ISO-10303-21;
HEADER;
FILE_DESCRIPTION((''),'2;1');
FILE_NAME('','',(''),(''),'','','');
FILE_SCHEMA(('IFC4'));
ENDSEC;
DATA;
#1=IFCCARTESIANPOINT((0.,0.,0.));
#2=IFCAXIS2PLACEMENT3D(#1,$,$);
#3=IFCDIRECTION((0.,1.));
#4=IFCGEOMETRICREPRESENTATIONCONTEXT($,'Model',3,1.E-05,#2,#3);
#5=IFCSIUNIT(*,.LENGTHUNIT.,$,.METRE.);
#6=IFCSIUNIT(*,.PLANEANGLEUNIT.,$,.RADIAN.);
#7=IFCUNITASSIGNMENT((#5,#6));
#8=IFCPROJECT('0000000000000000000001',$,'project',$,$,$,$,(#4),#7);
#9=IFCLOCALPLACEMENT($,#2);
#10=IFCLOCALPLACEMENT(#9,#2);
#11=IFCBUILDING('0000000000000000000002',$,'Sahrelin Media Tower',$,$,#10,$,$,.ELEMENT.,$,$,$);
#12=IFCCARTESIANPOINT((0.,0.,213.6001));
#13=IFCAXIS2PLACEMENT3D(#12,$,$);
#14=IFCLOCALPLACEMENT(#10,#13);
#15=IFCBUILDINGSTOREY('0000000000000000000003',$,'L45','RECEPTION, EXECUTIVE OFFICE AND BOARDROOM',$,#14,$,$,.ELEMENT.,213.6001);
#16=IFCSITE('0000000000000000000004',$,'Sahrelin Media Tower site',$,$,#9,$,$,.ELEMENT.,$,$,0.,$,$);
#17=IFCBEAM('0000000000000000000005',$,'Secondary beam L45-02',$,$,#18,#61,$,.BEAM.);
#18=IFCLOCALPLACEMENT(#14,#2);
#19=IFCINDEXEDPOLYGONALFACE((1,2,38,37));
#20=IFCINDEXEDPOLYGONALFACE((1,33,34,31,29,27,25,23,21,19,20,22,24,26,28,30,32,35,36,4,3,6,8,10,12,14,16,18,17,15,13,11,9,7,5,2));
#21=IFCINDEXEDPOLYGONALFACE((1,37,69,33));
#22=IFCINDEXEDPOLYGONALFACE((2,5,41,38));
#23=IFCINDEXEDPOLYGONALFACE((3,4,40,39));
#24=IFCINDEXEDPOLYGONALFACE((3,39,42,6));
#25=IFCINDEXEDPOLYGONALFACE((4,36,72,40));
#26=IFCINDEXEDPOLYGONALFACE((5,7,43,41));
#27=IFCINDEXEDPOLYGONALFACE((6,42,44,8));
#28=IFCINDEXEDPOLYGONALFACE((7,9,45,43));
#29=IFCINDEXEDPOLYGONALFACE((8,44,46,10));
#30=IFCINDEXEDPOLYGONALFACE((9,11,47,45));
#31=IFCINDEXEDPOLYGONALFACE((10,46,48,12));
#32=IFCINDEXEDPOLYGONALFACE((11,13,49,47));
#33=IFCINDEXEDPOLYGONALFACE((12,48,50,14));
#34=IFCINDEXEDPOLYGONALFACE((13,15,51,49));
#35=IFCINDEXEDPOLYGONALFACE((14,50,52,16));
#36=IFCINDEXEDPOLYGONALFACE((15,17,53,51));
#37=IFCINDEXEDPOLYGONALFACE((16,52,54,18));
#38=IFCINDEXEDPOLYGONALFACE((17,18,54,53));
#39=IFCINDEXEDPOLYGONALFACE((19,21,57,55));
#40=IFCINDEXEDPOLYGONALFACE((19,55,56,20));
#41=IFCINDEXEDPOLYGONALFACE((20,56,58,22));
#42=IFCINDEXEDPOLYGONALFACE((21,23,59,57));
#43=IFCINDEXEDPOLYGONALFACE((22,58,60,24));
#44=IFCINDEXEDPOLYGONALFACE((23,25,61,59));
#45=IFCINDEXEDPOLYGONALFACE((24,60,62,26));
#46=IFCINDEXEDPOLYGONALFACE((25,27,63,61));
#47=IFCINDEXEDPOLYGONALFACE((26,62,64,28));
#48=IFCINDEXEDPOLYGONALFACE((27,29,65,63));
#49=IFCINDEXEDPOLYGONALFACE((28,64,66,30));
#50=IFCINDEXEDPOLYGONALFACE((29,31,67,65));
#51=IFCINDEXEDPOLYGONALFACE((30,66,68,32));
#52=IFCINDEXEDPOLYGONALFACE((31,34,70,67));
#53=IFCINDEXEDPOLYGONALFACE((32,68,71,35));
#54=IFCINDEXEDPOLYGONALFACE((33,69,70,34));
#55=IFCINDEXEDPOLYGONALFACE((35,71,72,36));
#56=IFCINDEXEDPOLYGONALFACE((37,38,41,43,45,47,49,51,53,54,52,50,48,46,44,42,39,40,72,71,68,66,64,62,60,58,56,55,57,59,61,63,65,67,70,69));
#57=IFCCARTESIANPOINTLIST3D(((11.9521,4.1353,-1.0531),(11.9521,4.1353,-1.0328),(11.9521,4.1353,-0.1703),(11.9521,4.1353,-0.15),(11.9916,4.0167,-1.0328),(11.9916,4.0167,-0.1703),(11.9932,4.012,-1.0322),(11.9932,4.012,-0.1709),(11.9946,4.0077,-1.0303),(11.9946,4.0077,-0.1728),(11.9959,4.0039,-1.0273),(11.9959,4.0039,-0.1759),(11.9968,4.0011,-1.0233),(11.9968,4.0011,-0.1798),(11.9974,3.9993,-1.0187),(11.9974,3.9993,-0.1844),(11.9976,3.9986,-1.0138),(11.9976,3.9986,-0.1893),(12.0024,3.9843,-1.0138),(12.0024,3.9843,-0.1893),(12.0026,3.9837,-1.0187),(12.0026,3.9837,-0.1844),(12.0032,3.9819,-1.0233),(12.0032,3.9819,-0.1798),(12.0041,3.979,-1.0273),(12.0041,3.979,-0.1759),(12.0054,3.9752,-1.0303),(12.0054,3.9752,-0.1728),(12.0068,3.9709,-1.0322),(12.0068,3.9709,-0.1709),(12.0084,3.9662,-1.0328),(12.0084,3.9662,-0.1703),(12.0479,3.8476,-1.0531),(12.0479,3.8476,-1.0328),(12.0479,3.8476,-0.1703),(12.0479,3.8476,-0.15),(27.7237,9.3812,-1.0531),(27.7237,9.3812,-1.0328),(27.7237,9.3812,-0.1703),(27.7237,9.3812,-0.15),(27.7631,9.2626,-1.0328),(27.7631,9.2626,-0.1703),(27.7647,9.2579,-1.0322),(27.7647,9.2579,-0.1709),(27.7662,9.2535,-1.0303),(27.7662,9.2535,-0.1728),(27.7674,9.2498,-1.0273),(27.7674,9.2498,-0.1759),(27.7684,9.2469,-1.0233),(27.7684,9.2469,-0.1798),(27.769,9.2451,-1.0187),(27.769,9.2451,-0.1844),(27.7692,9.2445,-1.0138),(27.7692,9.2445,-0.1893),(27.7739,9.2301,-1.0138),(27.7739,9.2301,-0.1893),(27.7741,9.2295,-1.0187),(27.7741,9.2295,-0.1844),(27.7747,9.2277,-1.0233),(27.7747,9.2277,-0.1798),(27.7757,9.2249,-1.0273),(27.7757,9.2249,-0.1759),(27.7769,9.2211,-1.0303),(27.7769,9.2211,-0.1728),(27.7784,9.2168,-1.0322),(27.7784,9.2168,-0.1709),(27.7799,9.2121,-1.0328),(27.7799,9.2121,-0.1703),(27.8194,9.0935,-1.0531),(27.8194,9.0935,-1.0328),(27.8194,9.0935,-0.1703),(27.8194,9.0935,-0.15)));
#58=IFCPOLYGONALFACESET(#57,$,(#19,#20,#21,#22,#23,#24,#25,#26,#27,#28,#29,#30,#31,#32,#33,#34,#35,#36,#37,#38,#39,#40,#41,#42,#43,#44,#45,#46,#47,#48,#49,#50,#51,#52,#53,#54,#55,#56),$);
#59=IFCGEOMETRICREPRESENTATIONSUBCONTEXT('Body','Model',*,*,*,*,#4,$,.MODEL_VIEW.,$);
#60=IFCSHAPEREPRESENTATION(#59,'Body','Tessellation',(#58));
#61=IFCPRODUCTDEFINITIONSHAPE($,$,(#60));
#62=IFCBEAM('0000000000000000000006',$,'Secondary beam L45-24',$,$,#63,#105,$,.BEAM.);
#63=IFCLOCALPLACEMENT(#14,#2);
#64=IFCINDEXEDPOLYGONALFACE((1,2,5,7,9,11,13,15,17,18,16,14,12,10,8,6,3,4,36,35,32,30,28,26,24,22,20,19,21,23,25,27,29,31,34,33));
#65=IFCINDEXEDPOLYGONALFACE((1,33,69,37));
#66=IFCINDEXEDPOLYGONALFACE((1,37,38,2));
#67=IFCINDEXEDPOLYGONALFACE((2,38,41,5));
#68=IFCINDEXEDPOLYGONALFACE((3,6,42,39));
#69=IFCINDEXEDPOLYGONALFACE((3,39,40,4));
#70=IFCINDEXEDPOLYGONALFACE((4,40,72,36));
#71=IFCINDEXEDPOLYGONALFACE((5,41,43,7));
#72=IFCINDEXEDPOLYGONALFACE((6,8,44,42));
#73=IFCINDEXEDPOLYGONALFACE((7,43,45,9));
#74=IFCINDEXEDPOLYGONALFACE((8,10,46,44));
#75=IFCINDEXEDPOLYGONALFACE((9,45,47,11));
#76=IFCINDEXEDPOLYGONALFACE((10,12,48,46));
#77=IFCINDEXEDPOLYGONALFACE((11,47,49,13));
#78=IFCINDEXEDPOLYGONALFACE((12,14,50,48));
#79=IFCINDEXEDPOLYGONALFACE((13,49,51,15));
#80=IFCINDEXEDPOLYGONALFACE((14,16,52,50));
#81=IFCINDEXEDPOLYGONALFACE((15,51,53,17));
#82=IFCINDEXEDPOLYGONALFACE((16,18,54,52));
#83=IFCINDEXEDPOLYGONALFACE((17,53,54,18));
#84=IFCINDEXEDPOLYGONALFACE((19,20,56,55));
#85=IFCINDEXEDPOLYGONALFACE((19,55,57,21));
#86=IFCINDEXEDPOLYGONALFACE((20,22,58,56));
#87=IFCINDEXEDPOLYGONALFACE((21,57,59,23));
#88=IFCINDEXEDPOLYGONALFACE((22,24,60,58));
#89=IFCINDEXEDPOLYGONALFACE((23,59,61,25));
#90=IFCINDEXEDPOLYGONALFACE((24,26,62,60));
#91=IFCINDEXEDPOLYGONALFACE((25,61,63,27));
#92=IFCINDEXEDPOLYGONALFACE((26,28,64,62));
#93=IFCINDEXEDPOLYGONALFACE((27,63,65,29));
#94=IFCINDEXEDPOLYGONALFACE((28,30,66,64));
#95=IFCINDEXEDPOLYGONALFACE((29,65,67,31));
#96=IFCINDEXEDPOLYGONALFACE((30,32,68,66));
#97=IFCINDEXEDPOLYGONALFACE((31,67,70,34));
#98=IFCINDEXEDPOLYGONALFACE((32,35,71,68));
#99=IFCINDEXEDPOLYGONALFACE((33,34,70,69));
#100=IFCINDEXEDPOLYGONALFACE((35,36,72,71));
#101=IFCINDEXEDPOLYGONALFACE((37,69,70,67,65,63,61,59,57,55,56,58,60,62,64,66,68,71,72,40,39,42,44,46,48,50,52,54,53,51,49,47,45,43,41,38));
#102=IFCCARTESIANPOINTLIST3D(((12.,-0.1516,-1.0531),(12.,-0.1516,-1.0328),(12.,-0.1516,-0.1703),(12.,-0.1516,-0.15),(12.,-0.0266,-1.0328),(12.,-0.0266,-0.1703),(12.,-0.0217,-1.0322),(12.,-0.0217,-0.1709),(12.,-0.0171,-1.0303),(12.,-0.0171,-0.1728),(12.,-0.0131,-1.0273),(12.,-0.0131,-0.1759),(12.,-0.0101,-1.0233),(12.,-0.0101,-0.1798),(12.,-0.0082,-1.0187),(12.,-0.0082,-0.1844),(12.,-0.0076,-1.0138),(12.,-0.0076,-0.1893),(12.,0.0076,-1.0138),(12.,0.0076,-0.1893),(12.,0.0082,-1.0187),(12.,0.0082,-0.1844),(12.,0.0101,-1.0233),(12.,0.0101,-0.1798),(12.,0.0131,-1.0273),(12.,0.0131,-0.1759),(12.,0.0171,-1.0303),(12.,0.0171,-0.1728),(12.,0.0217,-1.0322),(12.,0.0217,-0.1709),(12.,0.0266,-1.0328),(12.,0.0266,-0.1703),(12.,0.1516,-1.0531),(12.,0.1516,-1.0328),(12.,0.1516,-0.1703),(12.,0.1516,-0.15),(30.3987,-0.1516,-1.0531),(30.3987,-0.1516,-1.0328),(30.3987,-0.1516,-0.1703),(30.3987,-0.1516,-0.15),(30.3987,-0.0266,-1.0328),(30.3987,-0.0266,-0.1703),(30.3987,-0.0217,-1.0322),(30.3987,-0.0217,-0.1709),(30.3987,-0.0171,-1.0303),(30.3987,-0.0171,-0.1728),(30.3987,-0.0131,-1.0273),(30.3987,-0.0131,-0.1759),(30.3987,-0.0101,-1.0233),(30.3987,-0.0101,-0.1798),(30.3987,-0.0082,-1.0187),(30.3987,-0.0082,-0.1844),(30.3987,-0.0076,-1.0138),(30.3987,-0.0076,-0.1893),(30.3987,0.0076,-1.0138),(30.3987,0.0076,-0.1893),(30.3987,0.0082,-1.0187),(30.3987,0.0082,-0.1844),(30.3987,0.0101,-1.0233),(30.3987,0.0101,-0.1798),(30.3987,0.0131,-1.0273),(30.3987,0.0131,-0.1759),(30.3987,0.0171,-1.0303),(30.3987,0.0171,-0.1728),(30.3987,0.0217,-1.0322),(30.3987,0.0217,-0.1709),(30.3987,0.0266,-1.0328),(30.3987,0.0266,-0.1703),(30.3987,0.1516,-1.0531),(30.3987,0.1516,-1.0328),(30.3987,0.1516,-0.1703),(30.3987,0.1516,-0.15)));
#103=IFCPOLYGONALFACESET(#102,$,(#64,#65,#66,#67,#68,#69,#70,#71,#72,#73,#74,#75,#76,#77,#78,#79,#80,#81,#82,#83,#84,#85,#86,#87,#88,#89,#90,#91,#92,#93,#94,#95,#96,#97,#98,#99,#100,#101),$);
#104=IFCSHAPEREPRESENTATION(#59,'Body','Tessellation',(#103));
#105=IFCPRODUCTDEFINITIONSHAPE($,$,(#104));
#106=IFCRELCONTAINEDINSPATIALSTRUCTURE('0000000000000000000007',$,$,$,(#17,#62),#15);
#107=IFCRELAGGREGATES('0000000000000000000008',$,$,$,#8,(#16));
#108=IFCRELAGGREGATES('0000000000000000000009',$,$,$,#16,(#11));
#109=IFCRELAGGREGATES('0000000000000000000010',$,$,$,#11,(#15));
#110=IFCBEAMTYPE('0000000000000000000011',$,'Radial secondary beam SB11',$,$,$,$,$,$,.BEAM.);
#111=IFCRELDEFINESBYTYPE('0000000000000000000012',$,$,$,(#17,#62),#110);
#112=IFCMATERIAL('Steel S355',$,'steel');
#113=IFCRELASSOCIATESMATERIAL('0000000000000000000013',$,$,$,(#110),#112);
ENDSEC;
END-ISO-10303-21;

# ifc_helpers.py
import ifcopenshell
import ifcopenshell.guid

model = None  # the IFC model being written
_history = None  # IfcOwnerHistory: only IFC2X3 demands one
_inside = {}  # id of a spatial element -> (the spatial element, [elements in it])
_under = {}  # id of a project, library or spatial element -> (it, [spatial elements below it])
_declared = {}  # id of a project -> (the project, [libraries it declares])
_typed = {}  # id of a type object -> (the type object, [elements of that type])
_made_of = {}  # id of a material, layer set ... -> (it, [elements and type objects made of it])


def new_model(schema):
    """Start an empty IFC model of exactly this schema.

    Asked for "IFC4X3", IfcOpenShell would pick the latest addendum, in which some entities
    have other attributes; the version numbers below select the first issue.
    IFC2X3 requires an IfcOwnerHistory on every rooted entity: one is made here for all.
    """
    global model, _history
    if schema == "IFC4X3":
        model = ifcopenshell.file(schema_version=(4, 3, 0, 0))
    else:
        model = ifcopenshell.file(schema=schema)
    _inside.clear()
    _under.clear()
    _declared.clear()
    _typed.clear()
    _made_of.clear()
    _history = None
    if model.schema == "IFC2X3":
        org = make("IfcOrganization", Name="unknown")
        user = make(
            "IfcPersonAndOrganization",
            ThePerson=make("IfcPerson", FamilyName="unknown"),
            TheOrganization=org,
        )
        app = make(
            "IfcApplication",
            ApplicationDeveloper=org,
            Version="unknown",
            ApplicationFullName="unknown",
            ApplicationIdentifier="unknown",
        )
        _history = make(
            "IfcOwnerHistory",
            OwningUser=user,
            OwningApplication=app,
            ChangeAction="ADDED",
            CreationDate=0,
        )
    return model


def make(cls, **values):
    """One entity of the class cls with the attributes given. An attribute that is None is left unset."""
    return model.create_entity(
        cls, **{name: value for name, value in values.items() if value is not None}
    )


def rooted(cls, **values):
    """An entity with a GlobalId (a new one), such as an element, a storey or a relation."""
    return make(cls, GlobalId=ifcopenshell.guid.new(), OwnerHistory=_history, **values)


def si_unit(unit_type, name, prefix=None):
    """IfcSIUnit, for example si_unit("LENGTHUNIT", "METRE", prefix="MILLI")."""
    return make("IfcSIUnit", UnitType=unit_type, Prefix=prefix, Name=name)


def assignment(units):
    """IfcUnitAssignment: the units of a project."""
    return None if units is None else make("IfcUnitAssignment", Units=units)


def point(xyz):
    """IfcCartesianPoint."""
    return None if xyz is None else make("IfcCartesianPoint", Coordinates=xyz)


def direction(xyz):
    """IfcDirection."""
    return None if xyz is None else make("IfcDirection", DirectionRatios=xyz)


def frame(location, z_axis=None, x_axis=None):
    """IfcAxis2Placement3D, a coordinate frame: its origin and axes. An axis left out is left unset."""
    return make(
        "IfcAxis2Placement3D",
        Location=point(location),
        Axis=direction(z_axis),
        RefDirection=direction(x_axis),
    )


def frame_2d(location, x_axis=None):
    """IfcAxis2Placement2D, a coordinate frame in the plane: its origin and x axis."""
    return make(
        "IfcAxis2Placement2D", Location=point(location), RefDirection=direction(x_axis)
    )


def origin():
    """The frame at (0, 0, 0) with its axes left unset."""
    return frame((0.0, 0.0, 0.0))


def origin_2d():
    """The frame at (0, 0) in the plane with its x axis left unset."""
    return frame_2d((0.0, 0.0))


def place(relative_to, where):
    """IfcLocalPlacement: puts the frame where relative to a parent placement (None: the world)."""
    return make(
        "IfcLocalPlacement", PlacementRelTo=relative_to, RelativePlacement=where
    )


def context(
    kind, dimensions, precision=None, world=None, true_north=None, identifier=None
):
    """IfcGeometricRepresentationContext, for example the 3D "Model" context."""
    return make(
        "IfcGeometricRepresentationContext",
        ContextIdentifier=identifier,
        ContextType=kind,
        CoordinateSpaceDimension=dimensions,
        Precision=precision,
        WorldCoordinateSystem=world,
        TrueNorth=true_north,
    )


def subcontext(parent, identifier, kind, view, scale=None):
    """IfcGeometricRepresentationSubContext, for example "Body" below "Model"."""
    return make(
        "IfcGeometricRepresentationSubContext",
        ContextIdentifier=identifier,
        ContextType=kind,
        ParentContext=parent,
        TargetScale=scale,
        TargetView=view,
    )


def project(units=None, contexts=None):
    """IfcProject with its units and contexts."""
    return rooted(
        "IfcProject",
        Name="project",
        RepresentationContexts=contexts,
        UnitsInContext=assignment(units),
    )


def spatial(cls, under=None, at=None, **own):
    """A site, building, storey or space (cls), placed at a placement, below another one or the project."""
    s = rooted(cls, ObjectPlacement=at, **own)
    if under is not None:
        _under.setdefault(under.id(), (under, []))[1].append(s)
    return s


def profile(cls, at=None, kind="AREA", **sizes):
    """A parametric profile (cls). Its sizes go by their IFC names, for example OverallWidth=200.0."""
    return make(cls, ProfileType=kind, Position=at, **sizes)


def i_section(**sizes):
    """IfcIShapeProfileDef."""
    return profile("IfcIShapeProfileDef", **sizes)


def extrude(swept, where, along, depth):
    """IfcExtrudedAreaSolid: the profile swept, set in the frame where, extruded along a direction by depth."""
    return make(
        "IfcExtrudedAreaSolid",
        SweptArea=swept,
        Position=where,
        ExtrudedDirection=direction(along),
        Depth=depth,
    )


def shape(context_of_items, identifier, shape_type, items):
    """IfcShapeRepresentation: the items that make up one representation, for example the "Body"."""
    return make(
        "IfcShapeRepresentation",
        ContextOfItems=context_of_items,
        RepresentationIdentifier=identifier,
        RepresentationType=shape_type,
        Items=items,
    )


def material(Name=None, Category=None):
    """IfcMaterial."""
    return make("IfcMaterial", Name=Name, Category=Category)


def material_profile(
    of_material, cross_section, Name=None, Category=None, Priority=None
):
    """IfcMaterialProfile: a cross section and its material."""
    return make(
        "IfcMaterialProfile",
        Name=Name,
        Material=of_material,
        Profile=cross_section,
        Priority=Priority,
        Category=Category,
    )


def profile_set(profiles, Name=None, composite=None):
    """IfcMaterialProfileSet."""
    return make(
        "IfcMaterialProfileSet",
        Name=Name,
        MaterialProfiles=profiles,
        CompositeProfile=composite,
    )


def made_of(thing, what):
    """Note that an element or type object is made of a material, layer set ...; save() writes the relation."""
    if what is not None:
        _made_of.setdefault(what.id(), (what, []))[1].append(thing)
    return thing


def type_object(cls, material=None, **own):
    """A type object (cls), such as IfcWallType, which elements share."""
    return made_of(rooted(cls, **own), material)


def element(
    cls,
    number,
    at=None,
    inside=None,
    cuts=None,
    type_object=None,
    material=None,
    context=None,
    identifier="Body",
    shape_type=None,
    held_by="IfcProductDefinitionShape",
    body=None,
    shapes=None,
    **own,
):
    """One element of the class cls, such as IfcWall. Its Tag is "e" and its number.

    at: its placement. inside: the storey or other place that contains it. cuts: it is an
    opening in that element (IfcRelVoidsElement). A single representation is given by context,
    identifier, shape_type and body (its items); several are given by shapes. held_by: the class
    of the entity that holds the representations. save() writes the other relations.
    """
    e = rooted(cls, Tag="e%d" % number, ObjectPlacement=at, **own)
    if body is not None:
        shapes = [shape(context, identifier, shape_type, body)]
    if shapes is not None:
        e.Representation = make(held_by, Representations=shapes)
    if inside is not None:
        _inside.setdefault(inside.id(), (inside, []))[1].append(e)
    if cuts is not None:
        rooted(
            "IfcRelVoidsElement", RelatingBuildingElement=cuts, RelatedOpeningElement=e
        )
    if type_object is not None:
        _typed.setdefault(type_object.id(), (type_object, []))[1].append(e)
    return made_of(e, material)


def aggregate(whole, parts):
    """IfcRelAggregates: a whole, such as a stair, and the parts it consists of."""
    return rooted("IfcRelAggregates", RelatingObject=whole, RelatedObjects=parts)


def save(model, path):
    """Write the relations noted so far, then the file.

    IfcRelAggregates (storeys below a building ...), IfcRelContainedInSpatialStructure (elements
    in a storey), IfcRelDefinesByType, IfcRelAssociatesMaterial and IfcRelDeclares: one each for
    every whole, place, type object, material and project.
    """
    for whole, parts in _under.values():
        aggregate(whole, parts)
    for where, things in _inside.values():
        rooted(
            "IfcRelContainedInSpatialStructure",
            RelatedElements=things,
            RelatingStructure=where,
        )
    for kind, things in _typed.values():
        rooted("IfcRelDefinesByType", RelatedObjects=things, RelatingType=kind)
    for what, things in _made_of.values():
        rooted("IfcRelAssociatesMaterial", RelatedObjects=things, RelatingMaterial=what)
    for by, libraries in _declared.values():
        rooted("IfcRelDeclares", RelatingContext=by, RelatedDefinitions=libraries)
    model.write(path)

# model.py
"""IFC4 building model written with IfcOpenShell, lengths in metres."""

from ifc_helpers import new_model, si_unit, direction, frame, origin, origin_2d, place, context, subcontext, project, spatial, i_section, extrude, material, material_profile, profile_set, type_object, element, save


model = new_model("IFC4")

# Units and contexts
model_context = context("Model", 3, precision=1e-05, world=origin(), true_north=direction((0.0, 1.0)))
body_context = subcontext(model_context, "Body", "Model", "MODEL_VIEW")
ifc_project = project(units=[si_unit("LENGTHUNIT", "METRE"), si_unit("PLANEANGLEUNIT", "RADIAN")], contexts=[model_context])

# Site, building, storey
site_placement = place(None, origin())
site = spatial("IfcSite", under=ifc_project, at=site_placement, Name="Sahrelin Media Tower site", CompositionType="ELEMENT", RefElevation=0.0)
building_placement = place(site_placement, origin())
building = spatial("IfcBuilding", under=site, at=building_placement, Name="Sahrelin Media Tower", CompositionType="ELEMENT")
storey_placement = place(building_placement, frame((0.0, 0.0, 213.6001)))
storey = spatial("IfcBuildingStorey", under=building, at=storey_placement, Name="L45", Description="RECEPTION, EXECUTIVE OFFICE AND BOARDROOM", CompositionType="ELEMENT", Elevation=213.6001)

# Beams
ifc_material_1 = material(Name="Steel S355", Category="steel")
ifc_material_profile_1 = material_profile(ifc_material_1, i_section(OverallWidth=0.3032, OverallDepth=0.9031, WebThickness=0.0151, FlangeThickness=0.0203, FilletRadius=0.019, at=origin_2d()), Name="UB 914x305x201")
ifc_profile_set_1 = profile_set([ifc_material_profile_1], Name="Steel S355")
beam_type_1 = type_object("IfcBeamType", Name="Radial secondary beam SB11", PredefinedType="BEAM", material=ifc_profile_set_1)
beam_1_placement = place(storey_placement, frame((12.0, 3.9915, -0.6016), z_axis=(0.948887, 0.315615, 0.0), x_axis=(-0.315615, 0.948887, 0.0)))
element("IfcBeam", 1, at=beam_1_placement, inside=storey, type_object=beam_type_1, Name="Secondary beam L45-02", PredefinedType="BEAM", context=body_context, shape_type="SweptSolid", body=[
    extrude(i_section(OverallWidth=0.3032, OverallDepth=0.9031, WebThickness=0.0151, FlangeThickness=0.0203, FilletRadius=0.019, at=origin_2d()), origin(), (0.0, 0.0, 1.0), 16.6211),
])
beam_2_placement = place(storey_placement, frame((12.0, 0.0, -0.6016), z_axis=(1.0, 0.0, 0.0), x_axis=(0.0, 1.0, 0.0)))
element("IfcBeam", 2, at=beam_2_placement, inside=storey, type_object=beam_type_1, Name="Secondary beam L45-24", PredefinedType="BEAM", context=body_context, shape_type="SweptSolid", body=[
    extrude(i_section(OverallWidth=0.3032, OverallDepth=0.9031, WebThickness=0.0151, FlangeThickness=0.0203, FilletRadius=0.019, at=origin_2d()), origin(), (0.0, 0.0, 1.0), 18.3987),
])

save(model, "model.ifc")
